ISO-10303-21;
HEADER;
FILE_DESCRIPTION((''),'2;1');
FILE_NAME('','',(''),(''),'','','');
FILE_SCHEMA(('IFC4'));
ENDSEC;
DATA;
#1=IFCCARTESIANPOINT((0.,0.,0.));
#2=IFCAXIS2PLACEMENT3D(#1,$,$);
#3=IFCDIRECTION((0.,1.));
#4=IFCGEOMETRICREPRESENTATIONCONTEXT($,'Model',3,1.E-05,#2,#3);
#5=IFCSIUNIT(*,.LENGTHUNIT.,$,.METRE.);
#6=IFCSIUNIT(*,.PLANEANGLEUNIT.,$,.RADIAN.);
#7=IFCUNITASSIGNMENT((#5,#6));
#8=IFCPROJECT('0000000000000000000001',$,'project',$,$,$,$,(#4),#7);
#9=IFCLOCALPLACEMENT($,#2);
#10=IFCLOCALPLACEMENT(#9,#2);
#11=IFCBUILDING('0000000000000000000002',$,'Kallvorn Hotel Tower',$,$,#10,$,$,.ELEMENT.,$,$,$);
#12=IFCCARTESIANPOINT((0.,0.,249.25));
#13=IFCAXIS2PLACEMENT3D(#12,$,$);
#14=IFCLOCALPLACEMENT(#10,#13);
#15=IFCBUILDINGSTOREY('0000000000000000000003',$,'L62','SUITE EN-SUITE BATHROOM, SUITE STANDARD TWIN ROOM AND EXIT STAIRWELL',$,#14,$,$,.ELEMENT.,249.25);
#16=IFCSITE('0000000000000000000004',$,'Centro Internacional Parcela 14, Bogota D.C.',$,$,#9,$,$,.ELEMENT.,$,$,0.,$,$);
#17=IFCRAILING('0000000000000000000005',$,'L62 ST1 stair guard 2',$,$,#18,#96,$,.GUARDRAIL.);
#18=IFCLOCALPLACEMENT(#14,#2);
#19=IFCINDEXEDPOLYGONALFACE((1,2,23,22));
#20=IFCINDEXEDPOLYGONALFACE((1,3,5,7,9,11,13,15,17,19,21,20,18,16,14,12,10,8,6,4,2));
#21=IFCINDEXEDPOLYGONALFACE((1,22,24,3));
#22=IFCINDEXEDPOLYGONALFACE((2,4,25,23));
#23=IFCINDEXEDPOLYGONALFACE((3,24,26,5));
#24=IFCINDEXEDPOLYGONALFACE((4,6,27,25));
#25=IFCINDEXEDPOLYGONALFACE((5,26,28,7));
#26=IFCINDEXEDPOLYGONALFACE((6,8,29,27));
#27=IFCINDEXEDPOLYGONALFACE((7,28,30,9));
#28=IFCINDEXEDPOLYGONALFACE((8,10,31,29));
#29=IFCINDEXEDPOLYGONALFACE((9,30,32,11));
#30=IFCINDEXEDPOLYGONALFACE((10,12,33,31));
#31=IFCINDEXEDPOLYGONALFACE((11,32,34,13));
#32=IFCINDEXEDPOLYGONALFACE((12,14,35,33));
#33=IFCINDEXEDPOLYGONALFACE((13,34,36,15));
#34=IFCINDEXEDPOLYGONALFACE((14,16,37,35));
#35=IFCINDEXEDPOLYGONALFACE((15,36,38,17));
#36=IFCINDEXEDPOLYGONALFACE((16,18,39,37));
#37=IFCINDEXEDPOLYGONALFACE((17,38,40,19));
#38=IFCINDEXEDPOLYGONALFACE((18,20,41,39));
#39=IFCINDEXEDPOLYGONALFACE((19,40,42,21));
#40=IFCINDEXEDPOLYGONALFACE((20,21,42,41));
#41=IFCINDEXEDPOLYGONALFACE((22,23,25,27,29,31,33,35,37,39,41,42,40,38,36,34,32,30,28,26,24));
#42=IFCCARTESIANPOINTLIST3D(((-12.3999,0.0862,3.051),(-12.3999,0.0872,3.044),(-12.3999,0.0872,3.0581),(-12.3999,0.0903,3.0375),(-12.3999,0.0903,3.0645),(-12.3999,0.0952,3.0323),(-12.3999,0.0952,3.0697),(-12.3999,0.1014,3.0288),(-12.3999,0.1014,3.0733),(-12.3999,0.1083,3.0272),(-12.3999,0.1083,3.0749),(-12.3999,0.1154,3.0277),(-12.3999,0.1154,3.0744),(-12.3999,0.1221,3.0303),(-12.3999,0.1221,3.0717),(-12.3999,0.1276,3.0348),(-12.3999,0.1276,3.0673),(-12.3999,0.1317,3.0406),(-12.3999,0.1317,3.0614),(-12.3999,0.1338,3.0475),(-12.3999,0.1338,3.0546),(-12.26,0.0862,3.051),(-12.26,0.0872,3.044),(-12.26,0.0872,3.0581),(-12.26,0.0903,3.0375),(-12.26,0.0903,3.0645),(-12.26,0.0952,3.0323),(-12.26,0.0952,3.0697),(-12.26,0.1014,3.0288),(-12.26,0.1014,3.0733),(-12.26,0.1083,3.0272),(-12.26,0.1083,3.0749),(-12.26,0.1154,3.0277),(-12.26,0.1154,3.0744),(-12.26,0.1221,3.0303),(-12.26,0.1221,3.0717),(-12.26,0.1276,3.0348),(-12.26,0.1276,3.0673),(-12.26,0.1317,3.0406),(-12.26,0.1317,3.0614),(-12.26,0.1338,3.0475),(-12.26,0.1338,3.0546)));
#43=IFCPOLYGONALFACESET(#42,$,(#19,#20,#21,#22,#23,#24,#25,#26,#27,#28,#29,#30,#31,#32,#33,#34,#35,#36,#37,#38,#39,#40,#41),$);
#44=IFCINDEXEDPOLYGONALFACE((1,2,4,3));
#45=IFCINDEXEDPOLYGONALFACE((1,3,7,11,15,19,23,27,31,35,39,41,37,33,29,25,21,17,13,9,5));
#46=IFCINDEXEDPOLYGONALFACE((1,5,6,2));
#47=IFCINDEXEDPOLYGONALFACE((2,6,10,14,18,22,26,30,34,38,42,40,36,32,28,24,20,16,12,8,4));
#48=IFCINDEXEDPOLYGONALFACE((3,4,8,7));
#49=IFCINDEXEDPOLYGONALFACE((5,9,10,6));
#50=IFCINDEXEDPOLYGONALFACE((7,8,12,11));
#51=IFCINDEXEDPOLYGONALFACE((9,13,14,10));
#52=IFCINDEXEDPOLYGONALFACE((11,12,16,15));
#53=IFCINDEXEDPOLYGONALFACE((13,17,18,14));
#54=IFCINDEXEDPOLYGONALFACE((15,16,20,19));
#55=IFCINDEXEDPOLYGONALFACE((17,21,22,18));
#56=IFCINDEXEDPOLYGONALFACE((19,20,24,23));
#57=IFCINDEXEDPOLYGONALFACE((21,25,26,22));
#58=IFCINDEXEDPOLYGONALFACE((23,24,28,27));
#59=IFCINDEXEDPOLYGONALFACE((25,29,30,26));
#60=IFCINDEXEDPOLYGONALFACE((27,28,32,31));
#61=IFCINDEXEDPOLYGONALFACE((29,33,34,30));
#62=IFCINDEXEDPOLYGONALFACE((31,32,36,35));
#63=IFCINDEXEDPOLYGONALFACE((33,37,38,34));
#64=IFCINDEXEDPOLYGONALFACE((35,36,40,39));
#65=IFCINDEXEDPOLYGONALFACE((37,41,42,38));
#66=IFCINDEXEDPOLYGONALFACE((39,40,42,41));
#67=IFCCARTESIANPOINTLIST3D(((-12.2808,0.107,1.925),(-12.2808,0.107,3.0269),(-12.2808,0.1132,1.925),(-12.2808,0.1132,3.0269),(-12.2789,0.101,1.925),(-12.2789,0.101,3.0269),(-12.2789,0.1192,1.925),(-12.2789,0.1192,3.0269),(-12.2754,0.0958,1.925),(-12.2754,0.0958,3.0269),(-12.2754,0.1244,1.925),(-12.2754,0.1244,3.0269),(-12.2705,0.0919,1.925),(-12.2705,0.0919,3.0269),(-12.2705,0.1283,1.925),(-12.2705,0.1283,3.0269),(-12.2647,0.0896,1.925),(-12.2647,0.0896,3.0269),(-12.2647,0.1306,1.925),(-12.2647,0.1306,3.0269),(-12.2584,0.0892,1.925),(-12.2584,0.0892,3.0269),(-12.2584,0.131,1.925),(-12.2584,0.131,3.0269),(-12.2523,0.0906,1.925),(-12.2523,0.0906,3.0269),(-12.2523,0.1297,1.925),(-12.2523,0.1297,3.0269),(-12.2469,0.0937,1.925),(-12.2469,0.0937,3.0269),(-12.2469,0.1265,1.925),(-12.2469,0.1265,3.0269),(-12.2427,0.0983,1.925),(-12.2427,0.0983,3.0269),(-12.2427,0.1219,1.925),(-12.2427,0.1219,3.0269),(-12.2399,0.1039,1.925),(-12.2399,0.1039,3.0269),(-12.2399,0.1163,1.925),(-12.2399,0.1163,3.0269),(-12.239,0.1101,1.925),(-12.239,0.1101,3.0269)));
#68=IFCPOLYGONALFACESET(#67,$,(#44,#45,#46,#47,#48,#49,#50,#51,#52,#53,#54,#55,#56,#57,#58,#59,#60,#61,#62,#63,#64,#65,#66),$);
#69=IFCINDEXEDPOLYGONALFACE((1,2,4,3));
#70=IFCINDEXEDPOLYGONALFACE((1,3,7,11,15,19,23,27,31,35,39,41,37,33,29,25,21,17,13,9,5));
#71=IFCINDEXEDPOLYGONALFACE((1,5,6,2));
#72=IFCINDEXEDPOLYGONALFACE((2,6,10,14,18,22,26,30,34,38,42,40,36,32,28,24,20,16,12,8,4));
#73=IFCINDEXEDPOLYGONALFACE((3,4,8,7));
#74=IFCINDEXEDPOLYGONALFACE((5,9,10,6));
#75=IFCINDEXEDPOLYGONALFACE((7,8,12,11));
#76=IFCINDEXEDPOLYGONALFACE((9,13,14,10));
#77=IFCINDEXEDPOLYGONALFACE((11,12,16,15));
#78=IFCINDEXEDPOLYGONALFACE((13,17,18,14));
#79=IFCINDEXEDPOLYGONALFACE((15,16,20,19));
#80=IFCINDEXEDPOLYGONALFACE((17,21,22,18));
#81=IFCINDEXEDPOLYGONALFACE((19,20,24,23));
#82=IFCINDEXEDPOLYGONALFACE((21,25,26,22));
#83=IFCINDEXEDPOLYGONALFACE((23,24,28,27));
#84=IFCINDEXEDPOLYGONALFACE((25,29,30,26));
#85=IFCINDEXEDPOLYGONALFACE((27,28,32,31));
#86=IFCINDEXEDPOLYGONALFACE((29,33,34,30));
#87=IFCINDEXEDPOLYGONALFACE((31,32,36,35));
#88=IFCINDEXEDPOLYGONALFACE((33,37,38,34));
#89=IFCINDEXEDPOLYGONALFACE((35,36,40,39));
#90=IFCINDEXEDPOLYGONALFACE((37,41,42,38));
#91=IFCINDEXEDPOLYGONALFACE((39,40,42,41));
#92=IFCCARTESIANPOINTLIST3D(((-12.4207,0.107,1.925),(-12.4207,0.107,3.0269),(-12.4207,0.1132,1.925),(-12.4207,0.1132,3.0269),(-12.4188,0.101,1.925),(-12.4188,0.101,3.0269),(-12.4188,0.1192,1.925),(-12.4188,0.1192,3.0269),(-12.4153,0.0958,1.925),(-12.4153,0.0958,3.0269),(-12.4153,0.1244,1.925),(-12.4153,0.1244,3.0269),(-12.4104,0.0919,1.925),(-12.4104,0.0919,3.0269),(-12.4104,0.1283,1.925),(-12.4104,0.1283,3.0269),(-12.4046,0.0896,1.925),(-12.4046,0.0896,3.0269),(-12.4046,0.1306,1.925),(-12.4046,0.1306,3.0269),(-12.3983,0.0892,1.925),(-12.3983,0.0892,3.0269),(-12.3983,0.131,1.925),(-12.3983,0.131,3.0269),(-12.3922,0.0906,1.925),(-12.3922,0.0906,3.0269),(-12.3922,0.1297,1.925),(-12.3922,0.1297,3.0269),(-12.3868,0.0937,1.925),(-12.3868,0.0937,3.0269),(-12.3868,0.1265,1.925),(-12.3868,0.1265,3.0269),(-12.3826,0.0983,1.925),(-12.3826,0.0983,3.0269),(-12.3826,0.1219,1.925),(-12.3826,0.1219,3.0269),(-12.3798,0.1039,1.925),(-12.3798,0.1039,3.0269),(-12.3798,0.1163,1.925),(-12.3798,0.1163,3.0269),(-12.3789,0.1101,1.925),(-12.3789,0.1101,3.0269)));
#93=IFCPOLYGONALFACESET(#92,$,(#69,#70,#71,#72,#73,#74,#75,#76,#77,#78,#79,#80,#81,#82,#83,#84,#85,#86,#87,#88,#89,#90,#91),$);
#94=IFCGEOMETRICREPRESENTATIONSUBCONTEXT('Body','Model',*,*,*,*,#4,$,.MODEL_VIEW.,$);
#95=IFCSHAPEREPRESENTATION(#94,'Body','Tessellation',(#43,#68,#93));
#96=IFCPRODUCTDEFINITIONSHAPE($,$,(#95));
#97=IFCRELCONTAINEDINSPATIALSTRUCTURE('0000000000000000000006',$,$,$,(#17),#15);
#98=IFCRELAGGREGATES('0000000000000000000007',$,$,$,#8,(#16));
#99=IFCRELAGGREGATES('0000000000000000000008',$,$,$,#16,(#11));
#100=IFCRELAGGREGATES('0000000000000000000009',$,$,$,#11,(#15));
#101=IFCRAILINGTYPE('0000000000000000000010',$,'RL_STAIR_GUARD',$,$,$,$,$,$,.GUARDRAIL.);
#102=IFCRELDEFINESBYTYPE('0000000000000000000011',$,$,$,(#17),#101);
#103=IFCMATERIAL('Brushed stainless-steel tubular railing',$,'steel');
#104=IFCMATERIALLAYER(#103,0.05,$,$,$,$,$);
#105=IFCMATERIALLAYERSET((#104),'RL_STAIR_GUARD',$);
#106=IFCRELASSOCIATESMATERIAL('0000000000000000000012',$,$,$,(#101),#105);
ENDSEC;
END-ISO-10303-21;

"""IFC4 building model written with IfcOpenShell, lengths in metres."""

from ifc_helpers import new_model, si_unit, direction, frame, origin, origin_2d, place, context, subcontext, project, spatial, circle, extrude, material, layer, layer_set, type_object, element, save


model = new_model("IFC4")

# Units and contexts
model_context = context("Model", 3, precision=1e-05, world=origin(), true_north=direction((0.0, 1.0)))
body_context = subcontext(model_context, "Body", "Model", "MODEL_VIEW")
ifc_project = project(units=[si_unit("LENGTHUNIT", "METRE"), si_unit("PLANEANGLEUNIT", "RADIAN")], contexts=[model_context])

# Site, building, storey
site_placement = place(None, origin())
site = spatial("IfcSite", under=ifc_project, at=site_placement, Name="Centro Internacional Parcela 14, Bogota D.C.", CompositionType="ELEMENT", RefElevation=0.0)
building_placement = place(site_placement, origin())
building = spatial("IfcBuilding", under=site, at=building_placement, Name="Kallvorn Hotel Tower", CompositionType="ELEMENT")
storey_placement = place(building_placement, frame((0.0, 0.0, 249.25)))
storey = spatial("IfcBuildingStorey", under=building, at=storey_placement, Name="L62", Description="SUITE EN-SUITE BATHROOM, SUITE STANDARD TWIN ROOM AND EXIT STAIRWELL", CompositionType="ELEMENT", Elevation=249.25)

# Railing
ifc_material_1 = material(Name="Brushed stainless-steel tubular railing", Category="steel")
ifc_layer_1 = layer(ifc_material_1, 0.05)
ifc_layer_set_1 = layer_set([ifc_layer_1], Name="RL_STAIR_GUARD")
railing_type_1 = type_object("IfcRailingType", Name="RL_STAIR_GUARD", PredefinedType="GUARDRAIL", material=ifc_layer_set_1)
railing_1_placement = place(storey_placement, frame((-12.26, 0.1101, 1.925)))
element("IfcRailing", 1, at=railing_1_placement, inside=storey, type_object=railing_type_1, Name="L62 ST1 stair guard 2", PredefinedType="GUARDRAIL", context=body_context, shape_type="SweptSolid", body=[
    extrude(circle(Radius=0.0239, at=origin_2d()), frame((0.0, 0.0, 1.126), z_axis=(-1.0, 0.0, 0.0), x_axis=(0.0, -1.0, 0.0)), (0.0, 0.0, 1.0), 0.1399),
    extrude(circle(Radius=0.021, at=origin_2d()), origin(), (0.0, 0.0, 1.0), 1.1018),
    extrude(circle(Radius=0.021, at=origin_2d()), frame((-0.1399, 0.0, 0.0)), (0.0, 0.0, 1.0), 1.1018),
])

save(model, "model.ifc")
